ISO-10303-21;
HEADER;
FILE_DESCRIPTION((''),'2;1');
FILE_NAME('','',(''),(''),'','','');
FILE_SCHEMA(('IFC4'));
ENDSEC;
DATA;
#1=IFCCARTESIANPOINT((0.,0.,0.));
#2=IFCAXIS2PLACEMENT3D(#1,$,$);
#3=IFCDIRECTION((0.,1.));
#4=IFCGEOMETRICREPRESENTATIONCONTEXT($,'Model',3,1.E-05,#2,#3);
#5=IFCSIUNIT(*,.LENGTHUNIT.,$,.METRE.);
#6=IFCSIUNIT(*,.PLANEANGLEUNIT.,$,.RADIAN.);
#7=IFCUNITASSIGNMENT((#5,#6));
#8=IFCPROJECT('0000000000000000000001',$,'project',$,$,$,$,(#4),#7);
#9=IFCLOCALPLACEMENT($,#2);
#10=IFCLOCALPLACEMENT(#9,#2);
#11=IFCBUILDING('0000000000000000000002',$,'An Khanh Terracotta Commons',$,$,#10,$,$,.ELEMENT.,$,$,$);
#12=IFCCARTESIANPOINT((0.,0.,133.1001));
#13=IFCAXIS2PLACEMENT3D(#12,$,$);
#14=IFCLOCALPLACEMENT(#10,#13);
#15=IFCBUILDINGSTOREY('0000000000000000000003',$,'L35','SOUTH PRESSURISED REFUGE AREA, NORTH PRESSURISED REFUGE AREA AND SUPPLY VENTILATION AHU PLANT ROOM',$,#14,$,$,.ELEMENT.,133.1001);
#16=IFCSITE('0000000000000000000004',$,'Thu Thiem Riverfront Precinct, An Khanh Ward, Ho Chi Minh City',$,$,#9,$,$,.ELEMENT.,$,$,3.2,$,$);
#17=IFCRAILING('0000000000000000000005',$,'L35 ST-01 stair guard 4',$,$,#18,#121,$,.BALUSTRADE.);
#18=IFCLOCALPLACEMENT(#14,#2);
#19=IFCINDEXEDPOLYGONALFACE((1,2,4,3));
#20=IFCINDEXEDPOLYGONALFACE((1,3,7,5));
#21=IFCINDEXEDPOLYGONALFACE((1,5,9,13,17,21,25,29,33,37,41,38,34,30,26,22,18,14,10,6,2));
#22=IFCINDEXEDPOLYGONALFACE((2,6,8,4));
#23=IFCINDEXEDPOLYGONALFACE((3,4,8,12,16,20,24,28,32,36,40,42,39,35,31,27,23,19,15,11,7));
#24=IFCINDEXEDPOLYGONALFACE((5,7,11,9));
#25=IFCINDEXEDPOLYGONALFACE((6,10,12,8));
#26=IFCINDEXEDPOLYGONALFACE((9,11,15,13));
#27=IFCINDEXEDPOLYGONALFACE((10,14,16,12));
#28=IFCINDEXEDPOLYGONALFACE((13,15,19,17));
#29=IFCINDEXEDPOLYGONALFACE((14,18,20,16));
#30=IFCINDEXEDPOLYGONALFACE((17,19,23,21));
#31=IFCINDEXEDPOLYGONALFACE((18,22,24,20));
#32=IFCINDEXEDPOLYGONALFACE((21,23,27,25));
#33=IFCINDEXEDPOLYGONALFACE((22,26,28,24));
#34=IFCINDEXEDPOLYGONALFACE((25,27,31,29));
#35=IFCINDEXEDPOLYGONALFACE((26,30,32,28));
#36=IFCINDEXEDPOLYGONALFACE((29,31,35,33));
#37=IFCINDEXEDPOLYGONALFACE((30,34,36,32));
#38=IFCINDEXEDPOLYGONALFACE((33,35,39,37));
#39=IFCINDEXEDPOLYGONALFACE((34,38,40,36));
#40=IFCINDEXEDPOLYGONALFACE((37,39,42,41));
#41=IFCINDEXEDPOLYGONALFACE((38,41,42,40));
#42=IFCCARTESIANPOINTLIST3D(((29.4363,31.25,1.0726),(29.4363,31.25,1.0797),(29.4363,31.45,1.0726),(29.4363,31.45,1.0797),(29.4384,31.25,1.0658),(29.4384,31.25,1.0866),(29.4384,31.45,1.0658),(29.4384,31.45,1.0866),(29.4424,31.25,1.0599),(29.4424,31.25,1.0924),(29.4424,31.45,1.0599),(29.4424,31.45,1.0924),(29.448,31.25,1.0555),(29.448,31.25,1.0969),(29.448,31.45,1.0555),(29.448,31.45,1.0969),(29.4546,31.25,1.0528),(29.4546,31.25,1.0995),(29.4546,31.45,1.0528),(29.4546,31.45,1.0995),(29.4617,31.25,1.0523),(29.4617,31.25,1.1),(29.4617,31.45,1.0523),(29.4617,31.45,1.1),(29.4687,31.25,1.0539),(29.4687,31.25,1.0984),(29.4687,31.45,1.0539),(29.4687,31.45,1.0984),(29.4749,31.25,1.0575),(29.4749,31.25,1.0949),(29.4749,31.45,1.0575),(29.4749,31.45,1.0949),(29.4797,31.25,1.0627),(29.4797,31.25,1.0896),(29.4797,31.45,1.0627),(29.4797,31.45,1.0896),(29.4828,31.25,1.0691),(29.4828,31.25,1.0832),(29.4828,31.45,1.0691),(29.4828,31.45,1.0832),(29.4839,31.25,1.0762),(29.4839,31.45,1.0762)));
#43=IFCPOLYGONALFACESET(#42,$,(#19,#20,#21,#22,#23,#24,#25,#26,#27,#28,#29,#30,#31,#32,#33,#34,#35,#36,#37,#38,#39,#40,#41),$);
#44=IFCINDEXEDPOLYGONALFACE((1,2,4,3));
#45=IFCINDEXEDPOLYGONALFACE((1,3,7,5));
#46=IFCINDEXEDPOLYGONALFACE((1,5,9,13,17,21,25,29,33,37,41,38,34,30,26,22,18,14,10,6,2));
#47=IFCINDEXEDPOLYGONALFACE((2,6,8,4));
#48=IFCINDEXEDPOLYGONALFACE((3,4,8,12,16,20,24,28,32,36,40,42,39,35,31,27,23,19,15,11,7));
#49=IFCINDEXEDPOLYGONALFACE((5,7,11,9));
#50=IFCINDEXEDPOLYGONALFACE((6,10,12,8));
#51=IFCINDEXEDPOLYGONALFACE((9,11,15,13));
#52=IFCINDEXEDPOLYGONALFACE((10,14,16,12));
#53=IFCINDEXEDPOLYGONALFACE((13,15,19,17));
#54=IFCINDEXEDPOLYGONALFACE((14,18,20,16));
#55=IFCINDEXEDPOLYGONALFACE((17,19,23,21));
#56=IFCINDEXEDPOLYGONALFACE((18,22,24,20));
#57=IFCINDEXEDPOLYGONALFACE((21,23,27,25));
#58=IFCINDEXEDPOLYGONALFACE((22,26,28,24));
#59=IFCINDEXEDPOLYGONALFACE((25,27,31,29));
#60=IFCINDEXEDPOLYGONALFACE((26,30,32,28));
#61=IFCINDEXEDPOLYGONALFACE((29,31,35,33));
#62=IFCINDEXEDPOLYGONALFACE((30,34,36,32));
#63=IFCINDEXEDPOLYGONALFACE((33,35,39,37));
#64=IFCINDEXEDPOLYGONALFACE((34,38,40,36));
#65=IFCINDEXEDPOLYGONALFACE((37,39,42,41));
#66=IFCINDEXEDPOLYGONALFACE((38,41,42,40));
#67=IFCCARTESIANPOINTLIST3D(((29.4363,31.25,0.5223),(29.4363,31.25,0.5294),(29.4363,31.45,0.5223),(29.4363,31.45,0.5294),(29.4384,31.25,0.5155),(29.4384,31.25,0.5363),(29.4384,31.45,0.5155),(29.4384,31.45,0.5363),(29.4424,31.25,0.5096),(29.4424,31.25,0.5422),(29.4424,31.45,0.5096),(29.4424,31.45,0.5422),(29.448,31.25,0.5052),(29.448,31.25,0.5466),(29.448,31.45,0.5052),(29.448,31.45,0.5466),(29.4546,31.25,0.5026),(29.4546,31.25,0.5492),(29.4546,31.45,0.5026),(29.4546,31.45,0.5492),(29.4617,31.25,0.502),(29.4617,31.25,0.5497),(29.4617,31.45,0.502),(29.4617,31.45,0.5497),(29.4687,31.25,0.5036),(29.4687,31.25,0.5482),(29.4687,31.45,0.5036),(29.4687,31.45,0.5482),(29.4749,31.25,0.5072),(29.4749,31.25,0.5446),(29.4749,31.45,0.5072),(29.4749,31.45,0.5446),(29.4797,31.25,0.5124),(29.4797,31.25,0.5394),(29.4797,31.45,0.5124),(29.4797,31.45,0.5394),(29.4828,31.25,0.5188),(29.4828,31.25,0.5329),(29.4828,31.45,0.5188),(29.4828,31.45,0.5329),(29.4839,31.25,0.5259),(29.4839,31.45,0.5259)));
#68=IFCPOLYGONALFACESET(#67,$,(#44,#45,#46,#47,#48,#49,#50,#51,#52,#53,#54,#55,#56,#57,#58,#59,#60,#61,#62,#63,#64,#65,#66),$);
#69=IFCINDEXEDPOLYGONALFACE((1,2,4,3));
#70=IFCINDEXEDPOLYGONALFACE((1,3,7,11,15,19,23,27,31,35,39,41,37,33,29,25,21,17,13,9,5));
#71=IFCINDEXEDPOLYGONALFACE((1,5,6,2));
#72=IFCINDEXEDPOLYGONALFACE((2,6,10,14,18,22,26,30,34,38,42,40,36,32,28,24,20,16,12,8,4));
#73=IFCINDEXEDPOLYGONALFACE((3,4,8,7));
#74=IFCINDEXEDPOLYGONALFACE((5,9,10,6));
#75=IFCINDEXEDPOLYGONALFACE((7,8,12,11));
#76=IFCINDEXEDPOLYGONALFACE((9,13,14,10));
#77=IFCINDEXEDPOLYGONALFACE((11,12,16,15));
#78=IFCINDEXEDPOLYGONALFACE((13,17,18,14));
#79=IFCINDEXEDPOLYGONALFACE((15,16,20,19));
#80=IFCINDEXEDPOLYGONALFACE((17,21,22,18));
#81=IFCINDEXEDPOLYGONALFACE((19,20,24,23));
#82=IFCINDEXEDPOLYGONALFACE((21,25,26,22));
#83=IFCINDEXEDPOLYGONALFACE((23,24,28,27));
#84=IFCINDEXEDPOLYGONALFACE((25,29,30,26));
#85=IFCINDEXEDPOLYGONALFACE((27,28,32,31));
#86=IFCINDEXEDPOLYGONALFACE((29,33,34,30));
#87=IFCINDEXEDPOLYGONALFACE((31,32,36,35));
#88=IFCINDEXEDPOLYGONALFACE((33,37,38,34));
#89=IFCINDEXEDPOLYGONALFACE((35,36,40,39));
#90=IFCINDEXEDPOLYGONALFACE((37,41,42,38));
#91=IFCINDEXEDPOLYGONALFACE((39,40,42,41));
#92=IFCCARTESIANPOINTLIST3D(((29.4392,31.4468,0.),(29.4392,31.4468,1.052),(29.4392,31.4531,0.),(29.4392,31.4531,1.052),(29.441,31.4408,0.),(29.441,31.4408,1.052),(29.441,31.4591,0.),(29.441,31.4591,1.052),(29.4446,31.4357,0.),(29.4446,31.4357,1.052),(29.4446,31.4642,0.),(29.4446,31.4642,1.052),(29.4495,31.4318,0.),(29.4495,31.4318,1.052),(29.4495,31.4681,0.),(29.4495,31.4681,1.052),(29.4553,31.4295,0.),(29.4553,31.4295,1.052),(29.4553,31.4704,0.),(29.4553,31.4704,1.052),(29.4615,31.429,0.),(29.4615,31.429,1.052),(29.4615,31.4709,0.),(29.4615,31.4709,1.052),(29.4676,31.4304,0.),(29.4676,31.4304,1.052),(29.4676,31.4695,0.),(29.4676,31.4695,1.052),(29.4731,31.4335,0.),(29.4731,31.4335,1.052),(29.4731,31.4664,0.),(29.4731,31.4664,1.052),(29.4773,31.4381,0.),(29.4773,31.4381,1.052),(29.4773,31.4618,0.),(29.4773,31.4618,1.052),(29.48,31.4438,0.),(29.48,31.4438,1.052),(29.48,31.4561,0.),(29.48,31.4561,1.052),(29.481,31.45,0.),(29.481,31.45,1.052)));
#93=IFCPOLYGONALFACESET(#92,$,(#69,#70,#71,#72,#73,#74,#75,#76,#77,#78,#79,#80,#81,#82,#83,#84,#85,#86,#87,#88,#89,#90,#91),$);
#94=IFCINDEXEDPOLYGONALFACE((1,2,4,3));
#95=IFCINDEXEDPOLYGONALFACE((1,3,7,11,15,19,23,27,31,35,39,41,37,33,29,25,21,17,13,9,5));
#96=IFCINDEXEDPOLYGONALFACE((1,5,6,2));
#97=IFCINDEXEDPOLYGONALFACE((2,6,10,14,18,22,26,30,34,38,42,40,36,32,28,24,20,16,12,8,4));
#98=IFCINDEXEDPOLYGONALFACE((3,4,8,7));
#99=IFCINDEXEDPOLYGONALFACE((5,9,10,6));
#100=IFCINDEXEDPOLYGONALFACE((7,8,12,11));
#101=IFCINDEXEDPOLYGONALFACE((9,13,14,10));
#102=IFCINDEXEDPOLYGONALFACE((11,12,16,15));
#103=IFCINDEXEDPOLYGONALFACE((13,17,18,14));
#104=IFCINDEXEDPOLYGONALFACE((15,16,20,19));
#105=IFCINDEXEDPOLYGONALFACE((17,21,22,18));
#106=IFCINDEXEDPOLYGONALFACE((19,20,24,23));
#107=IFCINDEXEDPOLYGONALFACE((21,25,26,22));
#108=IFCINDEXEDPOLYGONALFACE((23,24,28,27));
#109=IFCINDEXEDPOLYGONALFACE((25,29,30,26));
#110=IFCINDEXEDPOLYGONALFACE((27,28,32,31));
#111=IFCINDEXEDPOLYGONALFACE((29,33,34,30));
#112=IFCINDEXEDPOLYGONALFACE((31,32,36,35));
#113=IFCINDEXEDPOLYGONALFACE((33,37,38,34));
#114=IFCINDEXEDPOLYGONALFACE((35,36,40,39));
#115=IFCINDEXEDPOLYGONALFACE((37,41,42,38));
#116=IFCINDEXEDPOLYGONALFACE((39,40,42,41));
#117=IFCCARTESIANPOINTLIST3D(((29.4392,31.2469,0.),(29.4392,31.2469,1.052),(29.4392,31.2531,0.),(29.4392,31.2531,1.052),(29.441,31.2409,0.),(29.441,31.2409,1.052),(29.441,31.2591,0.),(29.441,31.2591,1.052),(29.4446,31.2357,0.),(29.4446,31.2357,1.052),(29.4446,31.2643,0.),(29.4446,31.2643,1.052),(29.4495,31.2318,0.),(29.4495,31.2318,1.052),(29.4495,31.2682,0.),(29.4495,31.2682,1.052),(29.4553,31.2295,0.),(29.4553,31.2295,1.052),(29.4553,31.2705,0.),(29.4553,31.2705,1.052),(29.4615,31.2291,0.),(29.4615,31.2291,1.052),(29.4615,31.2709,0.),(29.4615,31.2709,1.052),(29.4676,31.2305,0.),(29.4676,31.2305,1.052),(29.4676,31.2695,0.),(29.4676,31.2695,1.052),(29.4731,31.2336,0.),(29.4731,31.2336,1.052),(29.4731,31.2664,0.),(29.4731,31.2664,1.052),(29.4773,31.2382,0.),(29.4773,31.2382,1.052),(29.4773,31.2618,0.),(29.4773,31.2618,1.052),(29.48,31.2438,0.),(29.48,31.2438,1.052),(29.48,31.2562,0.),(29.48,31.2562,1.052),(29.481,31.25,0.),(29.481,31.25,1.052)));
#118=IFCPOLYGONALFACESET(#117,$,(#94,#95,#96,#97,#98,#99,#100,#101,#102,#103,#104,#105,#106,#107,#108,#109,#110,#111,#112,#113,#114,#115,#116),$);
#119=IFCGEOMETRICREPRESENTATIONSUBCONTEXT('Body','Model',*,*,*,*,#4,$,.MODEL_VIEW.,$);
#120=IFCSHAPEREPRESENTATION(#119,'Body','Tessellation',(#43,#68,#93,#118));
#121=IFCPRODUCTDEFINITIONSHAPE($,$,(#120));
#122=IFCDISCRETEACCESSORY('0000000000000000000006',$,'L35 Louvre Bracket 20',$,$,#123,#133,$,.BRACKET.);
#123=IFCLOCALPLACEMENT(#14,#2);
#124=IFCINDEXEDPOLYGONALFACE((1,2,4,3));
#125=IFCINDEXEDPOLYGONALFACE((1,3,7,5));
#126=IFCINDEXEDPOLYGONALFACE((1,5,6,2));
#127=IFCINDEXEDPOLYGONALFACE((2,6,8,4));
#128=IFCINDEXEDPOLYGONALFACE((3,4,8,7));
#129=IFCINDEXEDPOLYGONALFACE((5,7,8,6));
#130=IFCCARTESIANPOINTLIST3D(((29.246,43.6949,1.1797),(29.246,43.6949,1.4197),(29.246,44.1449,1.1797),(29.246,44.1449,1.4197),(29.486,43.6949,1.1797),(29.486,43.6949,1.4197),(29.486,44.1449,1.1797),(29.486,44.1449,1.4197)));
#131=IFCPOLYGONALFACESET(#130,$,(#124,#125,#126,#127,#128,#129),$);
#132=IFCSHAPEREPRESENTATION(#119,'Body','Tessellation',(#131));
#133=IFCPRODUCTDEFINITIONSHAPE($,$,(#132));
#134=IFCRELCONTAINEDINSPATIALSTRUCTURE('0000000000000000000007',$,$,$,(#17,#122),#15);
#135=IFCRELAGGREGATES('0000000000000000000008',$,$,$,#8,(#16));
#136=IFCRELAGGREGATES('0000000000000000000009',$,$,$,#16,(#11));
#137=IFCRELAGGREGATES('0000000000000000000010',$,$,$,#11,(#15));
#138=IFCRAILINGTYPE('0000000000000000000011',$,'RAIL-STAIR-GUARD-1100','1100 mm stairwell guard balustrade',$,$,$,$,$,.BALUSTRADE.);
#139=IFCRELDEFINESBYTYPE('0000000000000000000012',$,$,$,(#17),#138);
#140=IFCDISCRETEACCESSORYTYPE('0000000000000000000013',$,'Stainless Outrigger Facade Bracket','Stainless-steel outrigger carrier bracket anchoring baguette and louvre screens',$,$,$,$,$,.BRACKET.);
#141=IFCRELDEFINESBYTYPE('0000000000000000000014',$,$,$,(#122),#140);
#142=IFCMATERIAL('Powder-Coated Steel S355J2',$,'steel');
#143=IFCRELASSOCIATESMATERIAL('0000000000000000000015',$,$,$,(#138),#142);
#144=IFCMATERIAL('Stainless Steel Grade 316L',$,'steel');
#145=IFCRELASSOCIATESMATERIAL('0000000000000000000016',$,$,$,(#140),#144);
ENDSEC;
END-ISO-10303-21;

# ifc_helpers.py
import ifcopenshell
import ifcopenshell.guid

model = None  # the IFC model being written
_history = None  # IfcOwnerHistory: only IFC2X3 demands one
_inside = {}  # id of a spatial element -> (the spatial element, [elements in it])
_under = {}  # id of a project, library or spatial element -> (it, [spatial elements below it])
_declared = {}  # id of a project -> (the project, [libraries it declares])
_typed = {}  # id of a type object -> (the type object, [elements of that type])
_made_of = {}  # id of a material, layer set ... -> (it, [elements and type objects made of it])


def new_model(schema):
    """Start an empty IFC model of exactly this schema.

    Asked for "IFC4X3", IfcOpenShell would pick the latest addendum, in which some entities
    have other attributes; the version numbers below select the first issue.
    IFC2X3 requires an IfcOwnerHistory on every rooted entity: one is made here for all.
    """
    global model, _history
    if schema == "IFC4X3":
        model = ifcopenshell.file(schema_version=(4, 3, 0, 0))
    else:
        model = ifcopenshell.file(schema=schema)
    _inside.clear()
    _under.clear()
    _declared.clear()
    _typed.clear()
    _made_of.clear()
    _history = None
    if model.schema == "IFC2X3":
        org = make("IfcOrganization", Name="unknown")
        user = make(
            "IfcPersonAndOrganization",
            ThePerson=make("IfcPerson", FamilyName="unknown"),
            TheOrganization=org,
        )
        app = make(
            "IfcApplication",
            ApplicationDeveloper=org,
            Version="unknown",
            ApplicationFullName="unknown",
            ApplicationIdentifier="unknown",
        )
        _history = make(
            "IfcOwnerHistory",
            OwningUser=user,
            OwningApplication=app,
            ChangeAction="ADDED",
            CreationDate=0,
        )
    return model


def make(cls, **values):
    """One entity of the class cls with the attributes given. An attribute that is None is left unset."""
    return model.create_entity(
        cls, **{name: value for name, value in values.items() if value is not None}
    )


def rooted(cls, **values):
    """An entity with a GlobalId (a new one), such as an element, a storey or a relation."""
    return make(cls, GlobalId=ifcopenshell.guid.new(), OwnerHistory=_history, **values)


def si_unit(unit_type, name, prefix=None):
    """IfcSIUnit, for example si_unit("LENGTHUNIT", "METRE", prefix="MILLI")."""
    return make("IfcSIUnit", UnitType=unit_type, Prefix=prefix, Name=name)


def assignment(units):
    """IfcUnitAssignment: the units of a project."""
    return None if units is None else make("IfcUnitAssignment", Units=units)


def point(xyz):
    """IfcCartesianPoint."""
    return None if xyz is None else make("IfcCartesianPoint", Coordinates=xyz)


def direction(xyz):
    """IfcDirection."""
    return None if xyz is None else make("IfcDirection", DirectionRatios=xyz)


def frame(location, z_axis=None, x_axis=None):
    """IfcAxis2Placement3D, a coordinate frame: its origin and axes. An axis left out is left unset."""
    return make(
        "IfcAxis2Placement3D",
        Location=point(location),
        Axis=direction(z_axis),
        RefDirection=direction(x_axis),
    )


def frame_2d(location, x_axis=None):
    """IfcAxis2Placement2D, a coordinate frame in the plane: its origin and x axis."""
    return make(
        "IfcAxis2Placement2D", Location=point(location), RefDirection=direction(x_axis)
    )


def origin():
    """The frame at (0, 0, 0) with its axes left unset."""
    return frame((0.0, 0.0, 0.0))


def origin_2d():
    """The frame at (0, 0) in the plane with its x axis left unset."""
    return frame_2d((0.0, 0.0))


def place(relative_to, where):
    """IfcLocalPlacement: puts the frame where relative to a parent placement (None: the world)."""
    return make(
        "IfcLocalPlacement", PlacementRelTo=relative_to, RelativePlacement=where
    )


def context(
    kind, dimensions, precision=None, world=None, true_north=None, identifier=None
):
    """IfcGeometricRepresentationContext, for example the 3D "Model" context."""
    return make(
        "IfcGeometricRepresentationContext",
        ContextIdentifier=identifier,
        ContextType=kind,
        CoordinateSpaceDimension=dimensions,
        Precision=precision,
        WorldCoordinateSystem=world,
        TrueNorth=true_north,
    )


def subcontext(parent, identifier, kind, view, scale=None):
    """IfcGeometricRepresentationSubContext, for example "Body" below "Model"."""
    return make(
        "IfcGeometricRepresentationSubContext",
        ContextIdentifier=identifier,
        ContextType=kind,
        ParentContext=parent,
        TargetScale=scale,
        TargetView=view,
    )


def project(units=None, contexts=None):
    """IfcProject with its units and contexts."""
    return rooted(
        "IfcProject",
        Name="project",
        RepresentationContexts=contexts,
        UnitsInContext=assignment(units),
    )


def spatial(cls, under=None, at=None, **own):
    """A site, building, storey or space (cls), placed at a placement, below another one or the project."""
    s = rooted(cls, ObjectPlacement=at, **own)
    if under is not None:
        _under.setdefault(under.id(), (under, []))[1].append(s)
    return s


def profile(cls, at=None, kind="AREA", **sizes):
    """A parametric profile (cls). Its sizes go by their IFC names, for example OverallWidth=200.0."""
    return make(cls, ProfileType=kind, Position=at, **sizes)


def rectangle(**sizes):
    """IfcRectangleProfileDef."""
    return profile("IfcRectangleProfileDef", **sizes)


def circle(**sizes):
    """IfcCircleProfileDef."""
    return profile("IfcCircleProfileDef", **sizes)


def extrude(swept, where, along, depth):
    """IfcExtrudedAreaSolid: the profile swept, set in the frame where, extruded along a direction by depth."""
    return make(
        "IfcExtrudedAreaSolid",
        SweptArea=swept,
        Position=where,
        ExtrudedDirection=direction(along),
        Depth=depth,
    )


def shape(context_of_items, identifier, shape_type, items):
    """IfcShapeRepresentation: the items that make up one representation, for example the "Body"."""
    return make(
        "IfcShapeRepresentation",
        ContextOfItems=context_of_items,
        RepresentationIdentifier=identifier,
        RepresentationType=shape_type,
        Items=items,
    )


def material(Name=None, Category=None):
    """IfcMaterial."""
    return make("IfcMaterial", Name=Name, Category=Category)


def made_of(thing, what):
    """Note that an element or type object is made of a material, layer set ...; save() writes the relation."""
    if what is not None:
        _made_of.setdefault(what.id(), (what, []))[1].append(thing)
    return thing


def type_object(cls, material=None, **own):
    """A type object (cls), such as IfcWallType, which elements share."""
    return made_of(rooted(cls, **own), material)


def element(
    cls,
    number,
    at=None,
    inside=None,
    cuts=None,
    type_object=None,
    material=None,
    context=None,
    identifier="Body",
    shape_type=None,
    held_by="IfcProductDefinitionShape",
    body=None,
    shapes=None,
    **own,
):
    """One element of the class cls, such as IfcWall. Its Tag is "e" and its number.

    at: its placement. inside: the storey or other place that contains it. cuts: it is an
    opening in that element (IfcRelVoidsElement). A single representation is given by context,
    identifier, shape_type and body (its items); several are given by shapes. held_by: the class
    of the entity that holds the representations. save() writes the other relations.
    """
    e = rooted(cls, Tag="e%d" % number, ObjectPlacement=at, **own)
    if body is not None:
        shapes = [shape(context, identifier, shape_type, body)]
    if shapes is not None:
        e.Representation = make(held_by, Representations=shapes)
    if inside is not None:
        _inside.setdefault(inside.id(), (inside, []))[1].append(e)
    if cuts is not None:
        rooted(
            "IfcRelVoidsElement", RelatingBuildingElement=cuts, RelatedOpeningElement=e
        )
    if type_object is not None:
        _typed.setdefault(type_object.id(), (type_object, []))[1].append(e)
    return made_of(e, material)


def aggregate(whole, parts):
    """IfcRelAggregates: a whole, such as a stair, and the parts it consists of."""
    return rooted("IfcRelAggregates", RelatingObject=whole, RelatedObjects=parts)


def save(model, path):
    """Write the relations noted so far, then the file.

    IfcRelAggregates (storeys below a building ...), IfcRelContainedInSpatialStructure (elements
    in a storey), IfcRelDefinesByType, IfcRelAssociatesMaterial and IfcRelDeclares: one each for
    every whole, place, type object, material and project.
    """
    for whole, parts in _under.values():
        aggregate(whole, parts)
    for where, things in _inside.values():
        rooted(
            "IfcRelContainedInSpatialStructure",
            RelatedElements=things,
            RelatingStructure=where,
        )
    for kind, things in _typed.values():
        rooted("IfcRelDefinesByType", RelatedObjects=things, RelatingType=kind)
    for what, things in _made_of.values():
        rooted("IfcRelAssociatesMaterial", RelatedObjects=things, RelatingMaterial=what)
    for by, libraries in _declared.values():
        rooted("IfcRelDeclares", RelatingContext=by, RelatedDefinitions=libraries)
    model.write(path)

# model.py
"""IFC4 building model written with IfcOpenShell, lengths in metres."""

from ifc_helpers import new_model, si_unit, direction, frame, origin, origin_2d, place, context, subcontext, project, spatial, rectangle, circle, extrude, material, type_object, element, save


model = new_model("IFC4")

# Units and contexts
model_context = context("Model", 3, precision=1e-05, world=origin(), true_north=direction((0.0, 1.0)))
body_context = subcontext(model_context, "Body", "Model", "MODEL_VIEW")
ifc_project = project(units=[si_unit("LENGTHUNIT", "METRE"), si_unit("PLANEANGLEUNIT", "RADIAN")], contexts=[model_context])

# Site, building, storey
site_placement = place(None, origin())
site = spatial("IfcSite", under=ifc_project, at=site_placement, Name="Thu Thiem Riverfront Precinct, An Khanh Ward, Ho Chi Minh City", CompositionType="ELEMENT", RefElevation=3.2)
building_placement = place(site_placement, origin())
building = spatial("IfcBuilding", under=site, at=building_placement, Name="An Khanh Terracotta Commons", CompositionType="ELEMENT")
storey_placement = place(building_placement, frame((0.0, 0.0, 133.1001)))
storey = spatial("IfcBuildingStorey", under=building, at=storey_placement, Name="L35", Description="SOUTH PRESSURISED REFUGE AREA, NORTH PRESSURISED REFUGE AREA AND SUPPLY VENTILATION AHU PLANT ROOM", CompositionType="ELEMENT", Elevation=133.1001)

# Railing
ifc_material_1 = material(Name="Powder-Coated Steel S355J2", Category="steel")
railing_type_1 = type_object("IfcRailingType", Name="RAIL-STAIR-GUARD-1100", Description="1100 mm stairwell guard balustrade", PredefinedType="BALUSTRADE", material=ifc_material_1)
railing_1_placement = place(storey_placement, frame((29.46, 31.45, 0.0)))
element("IfcRailing", 1, at=railing_1_placement, inside=storey, type_object=railing_type_1, Name="L35 ST-01 stair guard 4", PredefinedType="BALUSTRADE", context=body_context, shape_type="SweptSolid", body=[
    extrude(circle(Radius=0.0239, at=origin_2d()), frame((0.0, 0.0, 1.0762), z_axis=(0.0, -1.0, 0.0), x_axis=(1.0, 0.0, 0.0)), (0.0, 0.0, 1.0), 0.2),
    extrude(circle(Radius=0.0239, at=origin_2d()), frame((0.0, 0.0, 0.5259), z_axis=(0.0, -1.0, 0.0), x_axis=(1.0, 0.0, 0.0)), (0.0, 0.0, 1.0), 0.2),
    extrude(circle(Radius=0.021, at=origin_2d()), origin(), (0.0, 0.0, 1.0), 1.052),
    extrude(circle(Radius=0.021, at=origin_2d()), frame((0.0, -0.2, 0.0)), (0.0, 0.0, 1.0), 1.052),
])

# Discrete accessory
ifc_material_2 = material(Name="Stainless Steel Grade 316L", Category="steel")
discrete_accessory_type = type_object("IfcDiscreteAccessoryType", Name="Stainless Outrigger Facade Bracket", Description="Stainless-steel outrigger carrier bracket anchoring baguette and louvre screens", PredefinedType="BRACKET", material=ifc_material_2)
discrete_accessory_placement = place(storey_placement, frame((29.366, 43.9199, 1.1797), z_axis=(0.0, 0.0, 1.0), x_axis=(-1.0, 0.0, 0.0)))
element("IfcDiscreteAccessory", 2, at=discrete_accessory_placement, inside=storey, type_object=discrete_accessory_type, Name="L35 Louvre Bracket 20", PredefinedType="BRACKET", context=body_context, shape_type="SweptSolid", body=[
    extrude(rectangle(XDim=0.24, YDim=0.45, at=origin_2d()), origin(), (0.0, 0.0, 1.0), 0.24),
])

save(model, "model.ifc")
